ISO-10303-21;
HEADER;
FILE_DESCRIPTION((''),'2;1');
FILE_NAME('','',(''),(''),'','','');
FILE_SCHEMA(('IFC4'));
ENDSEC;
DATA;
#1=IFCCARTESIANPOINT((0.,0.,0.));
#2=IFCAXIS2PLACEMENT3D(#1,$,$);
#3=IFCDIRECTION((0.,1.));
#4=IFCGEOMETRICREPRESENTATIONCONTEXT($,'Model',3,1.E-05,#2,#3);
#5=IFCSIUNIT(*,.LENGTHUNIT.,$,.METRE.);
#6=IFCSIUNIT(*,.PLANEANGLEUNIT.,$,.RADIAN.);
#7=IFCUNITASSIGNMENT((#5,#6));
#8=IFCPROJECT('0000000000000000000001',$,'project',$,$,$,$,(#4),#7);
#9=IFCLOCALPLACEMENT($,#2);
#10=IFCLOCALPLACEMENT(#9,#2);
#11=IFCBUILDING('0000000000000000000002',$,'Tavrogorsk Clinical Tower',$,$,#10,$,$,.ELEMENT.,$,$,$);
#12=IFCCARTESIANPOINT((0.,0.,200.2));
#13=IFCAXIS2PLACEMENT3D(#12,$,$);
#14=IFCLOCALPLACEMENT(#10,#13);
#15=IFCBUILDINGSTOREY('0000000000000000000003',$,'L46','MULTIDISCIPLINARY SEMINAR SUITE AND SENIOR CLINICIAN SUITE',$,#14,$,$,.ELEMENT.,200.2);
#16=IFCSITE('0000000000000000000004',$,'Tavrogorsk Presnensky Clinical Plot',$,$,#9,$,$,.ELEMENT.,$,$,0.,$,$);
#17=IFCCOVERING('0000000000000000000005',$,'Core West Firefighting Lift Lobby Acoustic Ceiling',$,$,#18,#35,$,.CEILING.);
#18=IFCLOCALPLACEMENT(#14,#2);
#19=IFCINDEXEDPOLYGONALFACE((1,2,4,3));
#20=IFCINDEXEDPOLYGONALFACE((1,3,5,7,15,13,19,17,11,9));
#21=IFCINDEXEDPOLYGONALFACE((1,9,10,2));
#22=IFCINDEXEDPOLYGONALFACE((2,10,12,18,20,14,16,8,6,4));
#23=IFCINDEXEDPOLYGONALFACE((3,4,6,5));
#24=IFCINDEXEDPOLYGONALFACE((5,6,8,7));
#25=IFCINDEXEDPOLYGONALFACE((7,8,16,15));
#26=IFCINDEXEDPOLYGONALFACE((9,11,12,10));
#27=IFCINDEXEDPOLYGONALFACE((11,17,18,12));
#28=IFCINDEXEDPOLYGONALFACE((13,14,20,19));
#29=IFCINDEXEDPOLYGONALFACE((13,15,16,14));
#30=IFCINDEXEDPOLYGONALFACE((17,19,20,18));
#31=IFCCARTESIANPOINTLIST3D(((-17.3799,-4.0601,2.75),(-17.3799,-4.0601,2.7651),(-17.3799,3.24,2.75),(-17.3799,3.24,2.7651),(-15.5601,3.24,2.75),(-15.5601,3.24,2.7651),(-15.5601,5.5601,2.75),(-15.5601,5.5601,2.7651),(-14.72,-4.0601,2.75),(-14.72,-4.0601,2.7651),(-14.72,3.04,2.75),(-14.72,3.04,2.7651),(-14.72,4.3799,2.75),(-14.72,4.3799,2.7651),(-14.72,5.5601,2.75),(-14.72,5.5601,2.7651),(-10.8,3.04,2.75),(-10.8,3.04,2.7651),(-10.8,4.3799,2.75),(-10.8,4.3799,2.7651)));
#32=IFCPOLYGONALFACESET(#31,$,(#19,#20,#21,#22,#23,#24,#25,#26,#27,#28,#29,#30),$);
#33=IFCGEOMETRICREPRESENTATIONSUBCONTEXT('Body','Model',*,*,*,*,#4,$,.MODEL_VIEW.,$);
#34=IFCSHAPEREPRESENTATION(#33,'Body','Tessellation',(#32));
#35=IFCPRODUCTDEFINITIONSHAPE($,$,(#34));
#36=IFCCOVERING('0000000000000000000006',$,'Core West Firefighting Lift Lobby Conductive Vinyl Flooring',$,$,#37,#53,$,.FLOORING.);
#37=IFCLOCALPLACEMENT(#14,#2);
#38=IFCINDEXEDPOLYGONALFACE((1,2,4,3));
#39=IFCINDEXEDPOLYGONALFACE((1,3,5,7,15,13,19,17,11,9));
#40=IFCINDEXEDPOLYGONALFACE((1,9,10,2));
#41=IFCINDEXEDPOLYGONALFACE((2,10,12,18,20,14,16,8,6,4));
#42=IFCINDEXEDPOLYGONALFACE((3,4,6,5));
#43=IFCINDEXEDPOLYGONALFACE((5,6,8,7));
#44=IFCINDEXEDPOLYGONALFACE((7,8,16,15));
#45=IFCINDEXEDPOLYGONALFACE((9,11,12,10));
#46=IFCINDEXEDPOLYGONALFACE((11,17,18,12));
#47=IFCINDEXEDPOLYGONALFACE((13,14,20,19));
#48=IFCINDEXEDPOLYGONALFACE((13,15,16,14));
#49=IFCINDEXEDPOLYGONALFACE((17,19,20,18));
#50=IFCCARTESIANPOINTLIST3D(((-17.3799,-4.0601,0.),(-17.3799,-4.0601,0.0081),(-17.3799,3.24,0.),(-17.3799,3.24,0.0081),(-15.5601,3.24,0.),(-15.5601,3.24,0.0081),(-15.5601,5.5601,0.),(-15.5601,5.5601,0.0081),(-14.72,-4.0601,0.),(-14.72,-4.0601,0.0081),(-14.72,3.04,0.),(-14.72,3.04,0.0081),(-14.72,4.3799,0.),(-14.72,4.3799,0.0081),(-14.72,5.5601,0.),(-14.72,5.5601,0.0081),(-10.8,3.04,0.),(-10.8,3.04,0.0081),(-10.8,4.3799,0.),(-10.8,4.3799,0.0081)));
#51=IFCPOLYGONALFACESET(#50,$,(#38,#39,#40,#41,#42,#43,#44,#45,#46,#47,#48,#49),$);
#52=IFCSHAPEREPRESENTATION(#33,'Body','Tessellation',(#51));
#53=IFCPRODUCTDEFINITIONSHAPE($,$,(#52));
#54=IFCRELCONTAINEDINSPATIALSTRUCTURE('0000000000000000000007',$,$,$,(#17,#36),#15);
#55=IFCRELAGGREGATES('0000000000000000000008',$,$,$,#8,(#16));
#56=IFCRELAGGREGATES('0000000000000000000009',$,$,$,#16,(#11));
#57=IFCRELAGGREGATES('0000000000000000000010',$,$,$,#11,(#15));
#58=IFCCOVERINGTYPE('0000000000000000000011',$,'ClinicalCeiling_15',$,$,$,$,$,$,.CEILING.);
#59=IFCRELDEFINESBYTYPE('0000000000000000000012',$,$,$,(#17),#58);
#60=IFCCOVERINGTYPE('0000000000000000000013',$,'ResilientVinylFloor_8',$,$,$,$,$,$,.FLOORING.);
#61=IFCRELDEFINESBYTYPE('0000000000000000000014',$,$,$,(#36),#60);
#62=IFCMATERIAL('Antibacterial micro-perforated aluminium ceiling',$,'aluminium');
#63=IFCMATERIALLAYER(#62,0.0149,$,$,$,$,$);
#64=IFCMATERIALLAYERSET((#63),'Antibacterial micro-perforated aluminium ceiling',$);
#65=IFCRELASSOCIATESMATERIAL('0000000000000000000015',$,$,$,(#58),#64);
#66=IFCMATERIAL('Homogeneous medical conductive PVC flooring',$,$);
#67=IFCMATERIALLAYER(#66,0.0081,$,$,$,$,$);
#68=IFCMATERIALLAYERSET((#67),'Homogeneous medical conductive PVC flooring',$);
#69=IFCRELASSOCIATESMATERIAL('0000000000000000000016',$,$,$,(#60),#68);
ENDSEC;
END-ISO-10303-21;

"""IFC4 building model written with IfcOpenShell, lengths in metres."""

from ifc_helpers import new_model, si_unit, direction, frame, origin, place, context, subcontext, project, spatial, polyline, outline, extrude, material, layer, layer_set, type_object, element, save


model = new_model("IFC4")

# Units and contexts
model_context = context("Model", 3, precision=1e-05, world=origin(), true_north=direction((0.0, 1.0)))
body_context = subcontext(model_context, "Body", "Model", "MODEL_VIEW")
ifc_project = project(units=[si_unit("LENGTHUNIT", "METRE"), si_unit("PLANEANGLEUNIT", "RADIAN")], contexts=[model_context])

# Site, building, storey
site_placement = place(None, origin())
site = spatial("IfcSite", under=ifc_project, at=site_placement, Name="Tavrogorsk Presnensky Clinical Plot", CompositionType="ELEMENT", RefElevation=0.0)
building_placement = place(site_placement, origin())
building = spatial("IfcBuilding", under=site, at=building_placement, Name="Tavrogorsk Clinical Tower", CompositionType="ELEMENT")
storey_placement = place(building_placement, frame((0.0, 0.0, 200.2)))
storey = spatial("IfcBuildingStorey", under=building, at=storey_placement, Name="L46", Description="MULTIDISCIPLINARY SEMINAR SUITE AND SENIOR CLINICIAN SUITE", CompositionType="ELEMENT", Elevation=200.2)

# Coverings
ifc_material_1 = material(Name="Antibacterial micro-perforated aluminium ceiling", Category="aluminium")
ifc_layer_1 = layer(ifc_material_1, 0.0149)
ifc_layer_set_1 = layer_set([ifc_layer_1], Name="Antibacterial micro-perforated aluminium ceiling")
covering_type_1 = type_object("IfcCoveringType", Name="ClinicalCeiling_15", PredefinedType="CEILING", material=ifc_layer_set_1)
covering_1_placement = place(storey_placement, frame((0.0, 0.0, 2.75)))
element("IfcCovering", 1, at=covering_1_placement, inside=storey, type_object=covering_type_1, Name="Core West Firefighting Lift Lobby Acoustic Ceiling", PredefinedType="CEILING", context=body_context, shape_type="SweptSolid", body=[
    extrude(outline(polyline([(-14.72, 4.3799), (-10.8, 4.3799), (-10.8, 3.04), (-14.72, 3.04), (-14.72, -4.0601), (-17.3799, -4.0601), (-17.3799, 3.24), (-15.5601, 3.24), (-15.5601, 5.5601), (-14.72, 5.5601), (-14.72, 4.3799)])), origin(), (0.0, 0.0, 1.0), 0.0151),
])
ifc_material_2 = material(Name="Homogeneous medical conductive PVC flooring")
ifc_layer_2 = layer(ifc_material_2, 0.0081)
ifc_layer_set_2 = layer_set([ifc_layer_2], Name="Homogeneous medical conductive PVC flooring")
covering_type_2 = type_object("IfcCoveringType", Name="ResilientVinylFloor_8", PredefinedType="FLOORING", material=ifc_layer_set_2)
covering_2_placement = place(storey_placement, origin())
element("IfcCovering", 2, at=covering_2_placement, inside=storey, type_object=covering_type_2, Name="Core West Firefighting Lift Lobby Conductive Vinyl Flooring", PredefinedType="FLOORING", context=body_context, shape_type="SweptSolid", body=[
    extrude(outline(polyline([(-14.72, 4.3799), (-10.8, 4.3799), (-10.8, 3.04), (-14.72, 3.04), (-14.72, -4.0601), (-17.3799, -4.0601), (-17.3799, 3.24), (-15.5601, 3.24), (-15.5601, 5.5601), (-14.72, 5.5601), (-14.72, 4.3799)])), origin(), (0.0, 0.0, 1.0), 0.0081),
])

save(model, "model.ifc")
